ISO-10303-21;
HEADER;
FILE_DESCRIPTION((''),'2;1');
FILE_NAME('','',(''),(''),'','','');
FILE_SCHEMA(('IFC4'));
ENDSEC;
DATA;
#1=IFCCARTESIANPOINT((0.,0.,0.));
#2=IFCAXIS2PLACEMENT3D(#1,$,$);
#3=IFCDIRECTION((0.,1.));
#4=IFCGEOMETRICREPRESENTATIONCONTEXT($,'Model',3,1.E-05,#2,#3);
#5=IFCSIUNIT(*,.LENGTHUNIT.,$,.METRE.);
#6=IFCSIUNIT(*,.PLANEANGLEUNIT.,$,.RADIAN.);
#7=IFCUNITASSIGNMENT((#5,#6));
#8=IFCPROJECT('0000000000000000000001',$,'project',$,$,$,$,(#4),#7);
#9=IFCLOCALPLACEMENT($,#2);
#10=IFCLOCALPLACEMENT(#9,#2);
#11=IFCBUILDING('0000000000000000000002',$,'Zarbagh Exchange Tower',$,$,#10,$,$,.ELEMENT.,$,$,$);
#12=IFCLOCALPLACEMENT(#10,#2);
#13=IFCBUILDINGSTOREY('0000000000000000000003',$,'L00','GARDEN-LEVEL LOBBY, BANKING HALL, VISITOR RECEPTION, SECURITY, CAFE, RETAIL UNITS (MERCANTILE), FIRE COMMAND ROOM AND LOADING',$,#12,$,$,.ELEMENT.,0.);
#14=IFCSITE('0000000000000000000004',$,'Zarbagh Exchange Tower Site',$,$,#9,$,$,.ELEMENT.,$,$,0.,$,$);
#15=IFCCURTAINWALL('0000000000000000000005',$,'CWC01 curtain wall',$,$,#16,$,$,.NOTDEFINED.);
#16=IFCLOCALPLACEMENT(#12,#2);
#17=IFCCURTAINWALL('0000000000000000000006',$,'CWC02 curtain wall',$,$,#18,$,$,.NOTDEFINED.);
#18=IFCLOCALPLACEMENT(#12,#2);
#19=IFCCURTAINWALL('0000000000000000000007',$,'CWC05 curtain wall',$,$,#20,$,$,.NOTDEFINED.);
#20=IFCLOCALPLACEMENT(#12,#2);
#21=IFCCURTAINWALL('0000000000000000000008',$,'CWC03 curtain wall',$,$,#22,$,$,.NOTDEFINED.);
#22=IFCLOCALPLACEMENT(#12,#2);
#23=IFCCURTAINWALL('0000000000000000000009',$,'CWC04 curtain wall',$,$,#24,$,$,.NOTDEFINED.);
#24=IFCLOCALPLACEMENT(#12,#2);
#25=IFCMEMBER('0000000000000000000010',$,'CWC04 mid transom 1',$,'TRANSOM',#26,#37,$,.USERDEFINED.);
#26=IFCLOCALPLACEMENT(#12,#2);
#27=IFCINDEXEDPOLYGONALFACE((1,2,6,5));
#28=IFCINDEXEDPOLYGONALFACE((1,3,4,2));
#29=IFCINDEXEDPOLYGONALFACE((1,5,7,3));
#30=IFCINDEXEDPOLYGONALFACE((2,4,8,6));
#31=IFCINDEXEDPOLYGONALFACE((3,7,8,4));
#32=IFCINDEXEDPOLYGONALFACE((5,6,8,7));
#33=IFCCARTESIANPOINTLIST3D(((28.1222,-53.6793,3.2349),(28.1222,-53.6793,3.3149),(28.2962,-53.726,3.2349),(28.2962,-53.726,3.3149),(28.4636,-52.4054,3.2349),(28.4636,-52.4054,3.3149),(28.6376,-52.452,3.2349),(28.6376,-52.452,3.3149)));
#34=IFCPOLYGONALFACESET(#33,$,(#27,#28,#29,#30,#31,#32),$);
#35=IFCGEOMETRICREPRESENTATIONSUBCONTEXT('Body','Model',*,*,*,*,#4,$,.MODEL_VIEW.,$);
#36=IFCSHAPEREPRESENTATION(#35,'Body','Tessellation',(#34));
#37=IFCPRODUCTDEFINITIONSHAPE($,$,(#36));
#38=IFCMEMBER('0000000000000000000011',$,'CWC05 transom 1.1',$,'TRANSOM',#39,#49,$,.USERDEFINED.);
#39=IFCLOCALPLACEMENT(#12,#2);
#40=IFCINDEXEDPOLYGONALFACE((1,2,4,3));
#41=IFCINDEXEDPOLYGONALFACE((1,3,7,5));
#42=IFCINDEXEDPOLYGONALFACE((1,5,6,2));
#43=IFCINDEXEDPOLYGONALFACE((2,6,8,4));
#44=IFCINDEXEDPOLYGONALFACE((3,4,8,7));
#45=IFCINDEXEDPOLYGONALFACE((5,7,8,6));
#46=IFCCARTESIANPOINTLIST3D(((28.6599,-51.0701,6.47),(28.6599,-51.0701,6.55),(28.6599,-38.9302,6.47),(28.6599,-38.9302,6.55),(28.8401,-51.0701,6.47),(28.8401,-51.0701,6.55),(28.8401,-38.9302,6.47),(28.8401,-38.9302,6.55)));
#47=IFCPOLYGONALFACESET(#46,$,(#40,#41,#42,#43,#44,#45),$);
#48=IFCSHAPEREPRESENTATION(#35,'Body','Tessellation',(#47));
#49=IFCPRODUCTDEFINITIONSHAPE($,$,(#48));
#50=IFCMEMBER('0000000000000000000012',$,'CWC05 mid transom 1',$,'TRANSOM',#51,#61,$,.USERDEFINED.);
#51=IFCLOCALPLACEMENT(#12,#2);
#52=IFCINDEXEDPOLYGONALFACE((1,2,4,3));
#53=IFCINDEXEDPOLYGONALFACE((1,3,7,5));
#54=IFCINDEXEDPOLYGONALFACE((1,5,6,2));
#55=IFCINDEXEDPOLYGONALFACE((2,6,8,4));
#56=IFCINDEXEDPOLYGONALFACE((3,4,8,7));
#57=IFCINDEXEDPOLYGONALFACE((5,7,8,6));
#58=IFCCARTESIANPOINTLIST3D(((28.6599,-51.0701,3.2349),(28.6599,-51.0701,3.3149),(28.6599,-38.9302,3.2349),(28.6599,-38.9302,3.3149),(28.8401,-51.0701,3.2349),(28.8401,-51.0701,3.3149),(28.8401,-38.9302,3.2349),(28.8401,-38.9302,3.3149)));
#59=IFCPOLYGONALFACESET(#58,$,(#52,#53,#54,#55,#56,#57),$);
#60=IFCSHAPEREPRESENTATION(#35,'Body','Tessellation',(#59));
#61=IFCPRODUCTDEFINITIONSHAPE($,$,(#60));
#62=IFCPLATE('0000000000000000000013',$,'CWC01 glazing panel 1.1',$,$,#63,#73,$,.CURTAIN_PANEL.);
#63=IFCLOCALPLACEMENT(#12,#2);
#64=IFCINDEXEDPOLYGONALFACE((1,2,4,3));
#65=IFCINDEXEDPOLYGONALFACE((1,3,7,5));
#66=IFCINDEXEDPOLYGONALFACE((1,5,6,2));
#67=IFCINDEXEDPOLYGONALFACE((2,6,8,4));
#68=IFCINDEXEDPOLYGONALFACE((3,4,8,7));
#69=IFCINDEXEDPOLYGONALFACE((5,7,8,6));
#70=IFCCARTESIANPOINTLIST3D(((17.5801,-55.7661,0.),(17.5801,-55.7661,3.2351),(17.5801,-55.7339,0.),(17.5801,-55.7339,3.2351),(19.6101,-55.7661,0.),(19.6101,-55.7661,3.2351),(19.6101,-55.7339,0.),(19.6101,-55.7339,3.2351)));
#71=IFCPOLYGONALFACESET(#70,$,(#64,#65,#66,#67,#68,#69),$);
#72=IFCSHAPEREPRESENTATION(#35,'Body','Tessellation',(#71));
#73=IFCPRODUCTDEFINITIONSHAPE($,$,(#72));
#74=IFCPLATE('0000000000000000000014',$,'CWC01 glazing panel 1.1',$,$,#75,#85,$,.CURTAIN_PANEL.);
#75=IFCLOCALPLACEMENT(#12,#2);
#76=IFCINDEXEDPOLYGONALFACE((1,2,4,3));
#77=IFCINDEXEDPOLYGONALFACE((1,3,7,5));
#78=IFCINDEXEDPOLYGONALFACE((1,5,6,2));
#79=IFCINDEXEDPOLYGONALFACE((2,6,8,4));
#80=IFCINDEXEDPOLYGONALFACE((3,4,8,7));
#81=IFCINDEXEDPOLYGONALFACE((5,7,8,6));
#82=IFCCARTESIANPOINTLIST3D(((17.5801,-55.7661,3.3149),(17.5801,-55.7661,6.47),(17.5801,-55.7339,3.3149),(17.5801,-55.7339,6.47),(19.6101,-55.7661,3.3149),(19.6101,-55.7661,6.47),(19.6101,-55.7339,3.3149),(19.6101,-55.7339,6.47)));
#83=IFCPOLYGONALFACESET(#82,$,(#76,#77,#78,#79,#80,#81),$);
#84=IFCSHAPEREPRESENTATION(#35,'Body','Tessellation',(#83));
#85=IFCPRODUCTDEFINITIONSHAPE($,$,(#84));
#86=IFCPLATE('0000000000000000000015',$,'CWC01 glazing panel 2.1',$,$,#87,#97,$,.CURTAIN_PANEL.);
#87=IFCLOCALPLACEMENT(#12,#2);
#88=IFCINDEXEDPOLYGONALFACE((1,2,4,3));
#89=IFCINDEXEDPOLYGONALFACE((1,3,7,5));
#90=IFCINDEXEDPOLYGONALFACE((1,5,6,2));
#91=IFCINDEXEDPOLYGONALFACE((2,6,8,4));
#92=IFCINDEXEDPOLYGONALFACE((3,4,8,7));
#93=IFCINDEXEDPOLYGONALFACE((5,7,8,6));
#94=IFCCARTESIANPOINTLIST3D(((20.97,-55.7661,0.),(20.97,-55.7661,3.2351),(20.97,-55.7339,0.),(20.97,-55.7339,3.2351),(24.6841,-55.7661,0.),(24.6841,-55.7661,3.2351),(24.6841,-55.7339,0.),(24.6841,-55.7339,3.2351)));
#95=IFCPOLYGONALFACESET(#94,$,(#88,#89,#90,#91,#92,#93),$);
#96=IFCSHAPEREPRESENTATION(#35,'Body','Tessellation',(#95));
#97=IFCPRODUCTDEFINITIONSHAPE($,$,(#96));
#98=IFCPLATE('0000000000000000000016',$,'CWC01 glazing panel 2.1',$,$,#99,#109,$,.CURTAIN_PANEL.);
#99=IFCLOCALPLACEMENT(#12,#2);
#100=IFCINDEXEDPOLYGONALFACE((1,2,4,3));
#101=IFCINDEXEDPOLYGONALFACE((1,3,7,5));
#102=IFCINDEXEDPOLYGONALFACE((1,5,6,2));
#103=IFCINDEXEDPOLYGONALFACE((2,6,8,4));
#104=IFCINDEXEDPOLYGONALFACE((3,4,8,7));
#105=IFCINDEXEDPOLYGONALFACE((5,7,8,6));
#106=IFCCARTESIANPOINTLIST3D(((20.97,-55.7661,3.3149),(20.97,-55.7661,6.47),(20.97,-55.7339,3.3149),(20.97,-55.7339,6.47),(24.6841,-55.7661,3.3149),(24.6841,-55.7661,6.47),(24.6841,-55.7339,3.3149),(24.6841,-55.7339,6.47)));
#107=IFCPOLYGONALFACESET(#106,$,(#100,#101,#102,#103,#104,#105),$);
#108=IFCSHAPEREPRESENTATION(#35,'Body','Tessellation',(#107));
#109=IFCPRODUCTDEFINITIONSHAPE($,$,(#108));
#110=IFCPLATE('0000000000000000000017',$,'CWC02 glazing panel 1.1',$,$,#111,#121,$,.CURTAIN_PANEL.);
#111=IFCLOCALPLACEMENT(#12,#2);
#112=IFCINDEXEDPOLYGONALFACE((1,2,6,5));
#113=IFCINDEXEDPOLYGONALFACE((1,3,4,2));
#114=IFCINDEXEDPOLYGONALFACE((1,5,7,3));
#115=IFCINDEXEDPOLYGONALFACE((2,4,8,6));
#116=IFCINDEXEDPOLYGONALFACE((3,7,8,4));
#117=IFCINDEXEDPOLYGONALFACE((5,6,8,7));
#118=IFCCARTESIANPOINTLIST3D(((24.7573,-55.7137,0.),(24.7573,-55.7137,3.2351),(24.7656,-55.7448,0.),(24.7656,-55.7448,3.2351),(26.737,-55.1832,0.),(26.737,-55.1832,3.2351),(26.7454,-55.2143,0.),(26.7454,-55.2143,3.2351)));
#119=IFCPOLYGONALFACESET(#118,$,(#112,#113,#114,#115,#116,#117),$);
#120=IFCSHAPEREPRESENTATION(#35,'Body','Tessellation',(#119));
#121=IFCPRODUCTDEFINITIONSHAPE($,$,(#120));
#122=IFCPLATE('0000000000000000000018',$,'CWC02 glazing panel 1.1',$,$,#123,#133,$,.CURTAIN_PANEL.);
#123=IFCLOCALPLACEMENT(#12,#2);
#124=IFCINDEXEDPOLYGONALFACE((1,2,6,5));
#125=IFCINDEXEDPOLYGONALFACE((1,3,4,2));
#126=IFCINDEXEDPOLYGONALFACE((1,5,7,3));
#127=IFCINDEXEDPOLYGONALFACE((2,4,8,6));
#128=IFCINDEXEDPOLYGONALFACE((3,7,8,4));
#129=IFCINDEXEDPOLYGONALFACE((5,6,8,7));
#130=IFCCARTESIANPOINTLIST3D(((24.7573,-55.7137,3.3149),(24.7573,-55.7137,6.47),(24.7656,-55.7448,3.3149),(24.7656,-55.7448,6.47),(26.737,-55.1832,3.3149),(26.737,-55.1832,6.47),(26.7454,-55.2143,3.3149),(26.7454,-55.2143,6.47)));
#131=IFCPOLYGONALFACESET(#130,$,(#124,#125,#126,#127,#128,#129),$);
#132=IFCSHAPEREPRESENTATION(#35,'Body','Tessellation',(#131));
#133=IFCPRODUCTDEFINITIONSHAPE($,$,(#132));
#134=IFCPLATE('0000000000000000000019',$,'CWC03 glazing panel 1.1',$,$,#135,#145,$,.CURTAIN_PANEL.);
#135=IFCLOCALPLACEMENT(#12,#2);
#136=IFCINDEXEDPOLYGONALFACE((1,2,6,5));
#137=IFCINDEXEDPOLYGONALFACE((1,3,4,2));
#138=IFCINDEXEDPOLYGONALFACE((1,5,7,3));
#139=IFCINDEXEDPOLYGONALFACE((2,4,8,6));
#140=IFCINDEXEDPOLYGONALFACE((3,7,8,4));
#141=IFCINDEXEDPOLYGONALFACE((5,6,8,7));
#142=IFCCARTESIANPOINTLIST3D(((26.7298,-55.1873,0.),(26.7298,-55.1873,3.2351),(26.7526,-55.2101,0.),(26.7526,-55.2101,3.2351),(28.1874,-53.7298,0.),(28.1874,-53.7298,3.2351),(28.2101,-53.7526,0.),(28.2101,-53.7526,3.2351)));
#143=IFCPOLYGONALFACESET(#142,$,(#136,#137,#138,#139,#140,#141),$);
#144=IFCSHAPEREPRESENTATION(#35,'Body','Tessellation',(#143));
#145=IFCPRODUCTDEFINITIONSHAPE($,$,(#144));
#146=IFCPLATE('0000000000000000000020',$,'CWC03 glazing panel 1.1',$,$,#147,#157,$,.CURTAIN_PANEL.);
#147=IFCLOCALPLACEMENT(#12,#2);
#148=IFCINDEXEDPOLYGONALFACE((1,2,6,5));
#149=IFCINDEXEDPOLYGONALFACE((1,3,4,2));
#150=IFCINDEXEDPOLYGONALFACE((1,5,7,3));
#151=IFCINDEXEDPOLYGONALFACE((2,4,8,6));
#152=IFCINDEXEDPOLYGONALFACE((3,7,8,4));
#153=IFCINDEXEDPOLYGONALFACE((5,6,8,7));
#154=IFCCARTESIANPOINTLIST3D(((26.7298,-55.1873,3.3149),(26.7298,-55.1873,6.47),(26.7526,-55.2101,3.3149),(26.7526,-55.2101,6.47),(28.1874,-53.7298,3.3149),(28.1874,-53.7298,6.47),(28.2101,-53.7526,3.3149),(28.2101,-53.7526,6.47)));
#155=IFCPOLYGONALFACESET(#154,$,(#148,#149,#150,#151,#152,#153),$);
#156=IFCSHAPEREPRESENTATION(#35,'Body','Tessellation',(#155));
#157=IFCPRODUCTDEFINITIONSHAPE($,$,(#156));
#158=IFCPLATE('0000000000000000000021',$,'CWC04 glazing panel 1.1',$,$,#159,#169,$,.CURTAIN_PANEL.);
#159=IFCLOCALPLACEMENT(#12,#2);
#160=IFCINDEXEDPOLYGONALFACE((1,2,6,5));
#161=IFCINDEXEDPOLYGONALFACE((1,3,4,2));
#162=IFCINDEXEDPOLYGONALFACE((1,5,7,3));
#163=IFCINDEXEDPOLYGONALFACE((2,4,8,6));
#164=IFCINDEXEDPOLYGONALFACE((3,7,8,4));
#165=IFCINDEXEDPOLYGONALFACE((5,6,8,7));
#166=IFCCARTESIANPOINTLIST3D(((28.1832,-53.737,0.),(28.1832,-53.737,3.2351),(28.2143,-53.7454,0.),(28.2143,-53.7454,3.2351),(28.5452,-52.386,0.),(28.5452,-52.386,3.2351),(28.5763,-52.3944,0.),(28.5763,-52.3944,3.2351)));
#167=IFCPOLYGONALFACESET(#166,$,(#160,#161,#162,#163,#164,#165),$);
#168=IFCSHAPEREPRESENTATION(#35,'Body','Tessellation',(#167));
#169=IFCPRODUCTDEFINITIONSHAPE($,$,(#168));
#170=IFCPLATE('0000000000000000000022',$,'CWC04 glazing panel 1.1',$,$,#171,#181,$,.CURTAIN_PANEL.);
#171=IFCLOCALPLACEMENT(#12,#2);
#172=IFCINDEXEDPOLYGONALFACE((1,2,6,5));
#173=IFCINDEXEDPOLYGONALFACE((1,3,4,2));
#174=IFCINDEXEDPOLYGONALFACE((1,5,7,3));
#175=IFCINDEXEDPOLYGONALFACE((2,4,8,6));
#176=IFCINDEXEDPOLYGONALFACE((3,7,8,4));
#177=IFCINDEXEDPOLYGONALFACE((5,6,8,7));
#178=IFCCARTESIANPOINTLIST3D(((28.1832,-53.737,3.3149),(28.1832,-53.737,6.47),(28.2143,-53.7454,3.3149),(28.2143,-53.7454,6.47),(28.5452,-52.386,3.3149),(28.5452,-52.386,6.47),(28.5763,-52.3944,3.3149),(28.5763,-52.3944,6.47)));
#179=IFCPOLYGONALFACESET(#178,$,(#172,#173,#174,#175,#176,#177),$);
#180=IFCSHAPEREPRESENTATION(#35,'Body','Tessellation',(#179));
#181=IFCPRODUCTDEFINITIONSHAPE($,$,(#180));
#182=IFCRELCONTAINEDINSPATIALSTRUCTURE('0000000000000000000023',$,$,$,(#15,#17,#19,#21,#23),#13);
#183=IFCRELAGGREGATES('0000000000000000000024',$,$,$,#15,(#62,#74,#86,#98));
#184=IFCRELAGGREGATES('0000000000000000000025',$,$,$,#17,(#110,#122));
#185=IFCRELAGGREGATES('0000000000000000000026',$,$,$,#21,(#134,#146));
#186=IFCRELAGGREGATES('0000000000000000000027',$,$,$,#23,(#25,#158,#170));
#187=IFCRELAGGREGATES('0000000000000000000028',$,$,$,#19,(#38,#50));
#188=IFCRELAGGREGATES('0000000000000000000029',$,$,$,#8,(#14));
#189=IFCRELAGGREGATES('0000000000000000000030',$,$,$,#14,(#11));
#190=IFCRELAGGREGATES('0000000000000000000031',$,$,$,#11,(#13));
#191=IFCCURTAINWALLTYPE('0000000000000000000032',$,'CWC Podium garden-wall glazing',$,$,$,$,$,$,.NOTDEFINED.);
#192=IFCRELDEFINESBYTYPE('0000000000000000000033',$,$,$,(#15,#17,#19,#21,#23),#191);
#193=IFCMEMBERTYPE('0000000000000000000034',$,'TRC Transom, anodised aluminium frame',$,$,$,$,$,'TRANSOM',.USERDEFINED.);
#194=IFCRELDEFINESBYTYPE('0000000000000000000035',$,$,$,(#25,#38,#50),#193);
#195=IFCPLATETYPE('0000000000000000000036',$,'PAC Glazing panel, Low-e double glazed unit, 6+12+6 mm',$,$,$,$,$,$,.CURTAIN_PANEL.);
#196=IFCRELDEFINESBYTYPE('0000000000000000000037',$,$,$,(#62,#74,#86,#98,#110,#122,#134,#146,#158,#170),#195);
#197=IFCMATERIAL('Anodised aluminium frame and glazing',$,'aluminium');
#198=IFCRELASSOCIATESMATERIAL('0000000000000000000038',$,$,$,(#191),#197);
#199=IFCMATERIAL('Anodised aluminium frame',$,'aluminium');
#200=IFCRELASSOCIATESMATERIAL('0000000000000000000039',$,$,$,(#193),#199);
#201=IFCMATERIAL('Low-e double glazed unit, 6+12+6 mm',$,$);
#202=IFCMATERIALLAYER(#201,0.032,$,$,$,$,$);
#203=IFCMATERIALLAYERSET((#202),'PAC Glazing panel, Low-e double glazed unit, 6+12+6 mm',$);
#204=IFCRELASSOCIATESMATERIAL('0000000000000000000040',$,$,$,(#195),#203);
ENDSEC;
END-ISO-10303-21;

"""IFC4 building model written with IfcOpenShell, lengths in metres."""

from ifc_helpers import new_model, si_unit, direction, origin, place, context, subcontext, project, spatial, polyline, outline, extrude, source, transform, mapped, material, layer, layer_set, type_object, element, aggregate, save


model = new_model("IFC4")

# Units and contexts
model_context = context("Model", 3, precision=1e-05, world=origin(), true_north=direction((0.0, 1.0)))
body_context = subcontext(model_context, "Body", "Model", "MODEL_VIEW")
ifc_project = project(units=[si_unit("LENGTHUNIT", "METRE"), si_unit("PLANEANGLEUNIT", "RADIAN")], contexts=[model_context])

# Site, building, storey
site_placement = place(None, origin())
site = spatial("IfcSite", under=ifc_project, at=site_placement, Name="Zarbagh Exchange Tower Site", CompositionType="ELEMENT", RefElevation=0.0)
building_placement = place(site_placement, origin())
building = spatial("IfcBuilding", under=site, at=building_placement, Name="Zarbagh Exchange Tower", CompositionType="ELEMENT")
storey_placement = place(building_placement, origin())
storey = spatial("IfcBuildingStorey", under=building, at=storey_placement, Name="L00", Description="GARDEN-LEVEL LOBBY, BANKING HALL, VISITOR RECEPTION, SECURITY, CAFE, RETAIL UNITS (MERCANTILE), FIRE COMMAND ROOM AND LOADING", CompositionType="ELEMENT", Elevation=0.0)

# Curtain walls
ifc_material_1 = material(Name="Anodised aluminium frame and glazing", Category="aluminium")
curtain_wall_type = type_object("IfcCurtainWallType", Name="CWC Podium garden-wall glazing", PredefinedType="NOTDEFINED", material=ifc_material_1)
curtain_wall_1_placement = place(storey_placement, origin())
curtain_wall_1 = element("IfcCurtainWall", 1, at=curtain_wall_1_placement, inside=storey, type_object=curtain_wall_type, Name="CWC01 curtain wall", PredefinedType="NOTDEFINED")
ifc_material_2 = material(Name="Anodised aluminium frame", Category="aluminium")
placement = place(storey_placement, origin())
curtain_wall_2_placement = place(storey_placement, origin())
curtain_wall_2 = element("IfcCurtainWall", 2, at=curtain_wall_2_placement, inside=storey, type_object=curtain_wall_type, Name="CWC02 curtain wall", PredefinedType="NOTDEFINED")

# Curtain wall
curtain_wall_3_placement = place(storey_placement, origin())
curtain_wall_3 = element("IfcCurtainWall", 3, at=curtain_wall_3_placement, inside=storey, type_object=curtain_wall_type, Name="CWC05 curtain wall", PredefinedType="NOTDEFINED")

# Shared definitions
member_type_1 = type_object("IfcMemberType", Name="TRC Transom, anodised aluminium frame", ElementType="TRANSOM", PredefinedType="USERDEFINED", material=ifc_material_2)

# Curtain walls, member
curtain_wall_4_placement = place(storey_placement, origin())
curtain_wall_4 = element("IfcCurtainWall", 4, at=curtain_wall_4_placement, inside=storey, type_object=curtain_wall_type, Name="CWC03 curtain wall", PredefinedType="NOTDEFINED")
curtain_wall_5_placement = place(storey_placement, origin())
curtain_wall_5 = element("IfcCurtainWall", 5, at=curtain_wall_5_placement, inside=storey, type_object=curtain_wall_type, Name="CWC04 curtain wall", PredefinedType="NOTDEFINED")
shared_shape_1 = source(origin(), body_context, "Body", "SweptSolid", [
    extrude(outline(polyline([(-0.04, -0.0901), (0.04, -0.0901), (0.04, 0.0901), (-0.04, 0.0901), (-0.04, -0.0901)])), origin(), (0.0, 0.0, 1.0), 1.3188),
])
member_1 = element("IfcMember", 6, at=placement, type_object=member_type_1, Name="CWC04 mid transom 1", ObjectType="TRANSOM", PredefinedType="USERDEFINED", context=body_context, shape_type="MappedRepresentation", body=[
    mapped(shared_shape_1, transform((28.2092, -53.7026, 3.2749), x_axis=(0.0, 0.0, 1.0), y_axis=(0.965924, -0.258825, 0.0), z_axis=(0.258825, 0.965924, 0.0))),
])

# Members
shared_shape_2 = source(origin(), body_context, "Body", "SweptSolid", [
    extrude(outline(polyline([(-0.0801, -0.0901), (0.0, -0.0901), (0.0, 0.0901), (-0.0801, 0.0901), (-0.0801, -0.0901)])), origin(), (0.0, 0.0, 1.0), 12.1399),
])
member_2 = element("IfcMember", 7, at=placement, type_object=member_type_1, Name="CWC05 transom 1.1", ObjectType="TRANSOM", PredefinedType="USERDEFINED", context=body_context, shape_type="MappedRepresentation", body=[
    mapped(shared_shape_2, transform((28.75, -51.0701, 6.55), x_axis=(0.0, 0.0, 1.0), y_axis=(1.0, 0.0, 0.0), z_axis=(0.0, 1.0, 0.0))),
])
shared_shape_3 = source(origin(), body_context, "Body", "SweptSolid", [
    extrude(outline(polyline([(-0.04, -0.0901), (0.04, -0.0901), (0.04, 0.0901), (-0.04, 0.0901), (-0.04, -0.0901)])), origin(), (0.0, 0.0, 1.0), 12.1399),
])
member_3 = element("IfcMember", 8, at=placement, type_object=member_type_1, Name="CWC05 mid transom 1", ObjectType="TRANSOM", PredefinedType="USERDEFINED", context=body_context, shape_type="MappedRepresentation", body=[
    mapped(shared_shape_3, transform((28.75, -51.0701, 3.2749), x_axis=(0.0, 0.0, 1.0), y_axis=(1.0, 0.0, 0.0), z_axis=(0.0, 1.0, 0.0))),
])

# Plates
ifc_material_3 = material(Name="Low-e double glazed unit, 6+12+6 mm")
ifc_layer = layer(ifc_material_3, 0.032)
ifc_layer_set = layer_set([ifc_layer], Name="PAC Glazing panel, Low-e double glazed unit, 6+12+6 mm")
plate_type = type_object("IfcPlateType", Name="PAC Glazing panel, Low-e double glazed unit, 6+12+6 mm", PredefinedType="CURTAIN_PANEL", material=ifc_layer_set)
shared_shape_4 = source(origin(), body_context, "Body", "SweptSolid", [
    extrude(outline(polyline([(0.0, -0.0161), (2.03, -0.0161), (2.03, 0.0161), (0.0, 0.0161), (0.0, -0.0161)])), origin(), (0.0, 0.0, 1.0), 3.2351),
])
plate_1 = element("IfcPlate", 9, at=placement, type_object=plate_type, Name="CWC01 glazing panel 1.1", PredefinedType="CURTAIN_PANEL", context=body_context, shape_type="MappedRepresentation", body=[
    mapped(shared_shape_4, transform((17.5801, -55.75, 0.0), x_axis=(1.0, 0.0, 0.0), y_axis=(0.0, 1.0, 0.0), z_axis=(0.0, 0.0, 1.0))),
])
shared_shape_5 = source(origin(), body_context, "Body", "SweptSolid", [
    extrude(outline(polyline([(0.0, -0.0161), (2.03, -0.0161), (2.03, 0.0161), (0.0, 0.0161), (0.0, -0.0161)])), origin(), (0.0, 0.0, 1.0), 3.155),
])
plate_2 = element("IfcPlate", 10, at=placement, type_object=plate_type, Name="CWC01 glazing panel 1.1", PredefinedType="CURTAIN_PANEL", context=body_context, shape_type="MappedRepresentation", body=[
    mapped(shared_shape_5, transform((17.5801, -55.75, 3.3149), x_axis=(1.0, 0.0, 0.0), y_axis=(0.0, 1.0, 0.0), z_axis=(0.0, 0.0, 1.0))),
])
shared_shape_6 = source(origin(), body_context, "Body", "SweptSolid", [
    extrude(outline(polyline([(0.0, -0.0161), (3.7141, -0.0161), (3.7141, 0.0161), (0.0, 0.0161), (0.0, -0.0161)])), origin(), (0.0, 0.0, 1.0), 3.2351),
])
plate_3 = element("IfcPlate", 11, at=placement, type_object=plate_type, Name="CWC01 glazing panel 2.1", PredefinedType="CURTAIN_PANEL", context=body_context, shape_type="MappedRepresentation", body=[
    mapped(shared_shape_6, transform((20.97, -55.75, 0.0), x_axis=(1.0, 0.0, 0.0), y_axis=(0.0, 1.0, 0.0), z_axis=(0.0, 0.0, 1.0))),
])
shared_shape_7 = source(origin(), body_context, "Body", "SweptSolid", [
    extrude(outline(polyline([(0.0, -0.0161), (3.7141, -0.0161), (3.7141, 0.0161), (0.0, 0.0161), (0.0, -0.0161)])), origin(), (0.0, 0.0, 1.0), 3.155),
])
plate_4 = element("IfcPlate", 12, at=placement, type_object=plate_type, Name="CWC01 glazing panel 2.1", PredefinedType="CURTAIN_PANEL", context=body_context, shape_type="MappedRepresentation", body=[
    mapped(shared_shape_7, transform((20.97, -55.75, 3.3149), x_axis=(1.0, 0.0, 0.0), y_axis=(0.0, 1.0, 0.0), z_axis=(0.0, 0.0, 1.0))),
])
aggregate(curtain_wall_1, [plate_1, plate_2, plate_3, plate_4])
shared_shape_8 = source(origin(), body_context, "Body", "SweptSolid", [
    extrude(outline(polyline([(0.0, -0.0161), (2.0496, -0.0161), (2.0496, 0.0161), (0.0, 0.0161), (0.0, -0.0161)])), origin(), (0.0, 0.0, 1.0), 3.2351),
])
plate_5 = element("IfcPlate", 13, at=placement, type_object=plate_type, Name="CWC02 glazing panel 1.1", PredefinedType="CURTAIN_PANEL", context=body_context, shape_type="MappedRepresentation", body=[
    mapped(shared_shape_8, transform((24.7615, -55.7292, 0.0), x_axis=(0.965924, 0.258825, 0.0), y_axis=(-0.258825, 0.965924, 0.0), z_axis=(0.0, 0.0, 1.0))),
])
shared_shape_9 = source(origin(), body_context, "Body", "SweptSolid", [
    extrude(outline(polyline([(0.0, -0.0161), (2.0496, -0.0161), (2.0496, 0.0161), (0.0, 0.0161), (0.0, -0.0161)])), origin(), (0.0, 0.0, 1.0), 3.155),
])
plate_6 = element("IfcPlate", 14, at=placement, type_object=plate_type, Name="CWC02 glazing panel 1.1", PredefinedType="CURTAIN_PANEL", context=body_context, shape_type="MappedRepresentation", body=[
    mapped(shared_shape_9, transform((24.7615, -55.7292, 3.3149), x_axis=(0.965924, 0.258825, 0.0), y_axis=(-0.258825, 0.965924, 0.0), z_axis=(0.0, 0.0, 1.0))),
])
aggregate(curtain_wall_2, [plate_5, plate_6])
shared_shape_10 = source(origin(), body_context, "Body", "SweptSolid", [
    extrude(outline(polyline([(0.0, -0.0161), (2.0613, -0.0161), (2.0613, 0.0161), (0.0, 0.0161), (0.0, -0.0161)])), origin(), (0.0, 0.0, 1.0), 3.2351),
])
plate_7 = element("IfcPlate", 15, at=placement, type_object=plate_type, Name="CWC03 glazing panel 1.1", PredefinedType="CURTAIN_PANEL", context=body_context, shape_type="MappedRepresentation", body=[
    mapped(shared_shape_10, transform((26.7412, -55.1987, 0.0), x_axis=(0.707107, 0.707107, 0.0), y_axis=(-0.707107, 0.707107, 0.0), z_axis=(0.0, 0.0, 1.0))),
])
shared_shape_11 = source(origin(), body_context, "Body", "SweptSolid", [
    extrude(outline(polyline([(0.0, -0.0161), (2.0613, -0.0161), (2.0613, 0.0161), (0.0, 0.0161), (0.0, -0.0161)])), origin(), (0.0, 0.0, 1.0), 3.155),
])
plate_8 = element("IfcPlate", 16, at=placement, type_object=plate_type, Name="CWC03 glazing panel 1.1", PredefinedType="CURTAIN_PANEL", context=body_context, shape_type="MappedRepresentation", body=[
    mapped(shared_shape_11, transform((26.7412, -55.1987, 3.3149), x_axis=(0.707107, 0.707107, 0.0), y_axis=(-0.707107, 0.707107, 0.0), z_axis=(0.0, 0.0, 1.0))),
])
aggregate(curtain_wall_4, [plate_7, plate_8])
shared_shape_12 = source(origin(), body_context, "Body", "SweptSolid", [
    extrude(outline(polyline([(0.0, -0.0161), (1.3987, -0.0161), (1.3987, 0.0161), (0.0, 0.0161), (0.0, -0.0161)])), origin(), (0.0, 0.0, 1.0), 3.2351),
])
plate_9 = element("IfcPlate", 17, at=placement, type_object=plate_type, Name="CWC04 glazing panel 1.1", PredefinedType="CURTAIN_PANEL", context=body_context, shape_type="MappedRepresentation", body=[
    mapped(shared_shape_12, transform((28.1987, -53.7412, 0.0), x_axis=(0.258825, 0.965924, 0.0), y_axis=(-0.965924, 0.258825, 0.0), z_axis=(0.0, 0.0, 1.0))),
])
shared_shape_13 = source(origin(), body_context, "Body", "SweptSolid", [
    extrude(outline(polyline([(0.0, -0.0161), (1.3987, -0.0161), (1.3987, 0.0161), (0.0, 0.0161), (0.0, -0.0161)])), origin(), (0.0, 0.0, 1.0), 3.155),
])
plate_10 = element("IfcPlate", 18, at=placement, type_object=plate_type, Name="CWC04 glazing panel 1.1", PredefinedType="CURTAIN_PANEL", context=body_context, shape_type="MappedRepresentation", body=[
    mapped(shared_shape_13, transform((28.1987, -53.7412, 3.3149), x_axis=(0.258825, 0.965924, 0.0), y_axis=(-0.965924, 0.258825, 0.0), z_axis=(0.0, 0.0, 1.0))),
])
aggregate(curtain_wall_5, [member_1, plate_9, plate_10])
aggregate(curtain_wall_3, [member_2, member_3])

save(model, "model.ifc")
